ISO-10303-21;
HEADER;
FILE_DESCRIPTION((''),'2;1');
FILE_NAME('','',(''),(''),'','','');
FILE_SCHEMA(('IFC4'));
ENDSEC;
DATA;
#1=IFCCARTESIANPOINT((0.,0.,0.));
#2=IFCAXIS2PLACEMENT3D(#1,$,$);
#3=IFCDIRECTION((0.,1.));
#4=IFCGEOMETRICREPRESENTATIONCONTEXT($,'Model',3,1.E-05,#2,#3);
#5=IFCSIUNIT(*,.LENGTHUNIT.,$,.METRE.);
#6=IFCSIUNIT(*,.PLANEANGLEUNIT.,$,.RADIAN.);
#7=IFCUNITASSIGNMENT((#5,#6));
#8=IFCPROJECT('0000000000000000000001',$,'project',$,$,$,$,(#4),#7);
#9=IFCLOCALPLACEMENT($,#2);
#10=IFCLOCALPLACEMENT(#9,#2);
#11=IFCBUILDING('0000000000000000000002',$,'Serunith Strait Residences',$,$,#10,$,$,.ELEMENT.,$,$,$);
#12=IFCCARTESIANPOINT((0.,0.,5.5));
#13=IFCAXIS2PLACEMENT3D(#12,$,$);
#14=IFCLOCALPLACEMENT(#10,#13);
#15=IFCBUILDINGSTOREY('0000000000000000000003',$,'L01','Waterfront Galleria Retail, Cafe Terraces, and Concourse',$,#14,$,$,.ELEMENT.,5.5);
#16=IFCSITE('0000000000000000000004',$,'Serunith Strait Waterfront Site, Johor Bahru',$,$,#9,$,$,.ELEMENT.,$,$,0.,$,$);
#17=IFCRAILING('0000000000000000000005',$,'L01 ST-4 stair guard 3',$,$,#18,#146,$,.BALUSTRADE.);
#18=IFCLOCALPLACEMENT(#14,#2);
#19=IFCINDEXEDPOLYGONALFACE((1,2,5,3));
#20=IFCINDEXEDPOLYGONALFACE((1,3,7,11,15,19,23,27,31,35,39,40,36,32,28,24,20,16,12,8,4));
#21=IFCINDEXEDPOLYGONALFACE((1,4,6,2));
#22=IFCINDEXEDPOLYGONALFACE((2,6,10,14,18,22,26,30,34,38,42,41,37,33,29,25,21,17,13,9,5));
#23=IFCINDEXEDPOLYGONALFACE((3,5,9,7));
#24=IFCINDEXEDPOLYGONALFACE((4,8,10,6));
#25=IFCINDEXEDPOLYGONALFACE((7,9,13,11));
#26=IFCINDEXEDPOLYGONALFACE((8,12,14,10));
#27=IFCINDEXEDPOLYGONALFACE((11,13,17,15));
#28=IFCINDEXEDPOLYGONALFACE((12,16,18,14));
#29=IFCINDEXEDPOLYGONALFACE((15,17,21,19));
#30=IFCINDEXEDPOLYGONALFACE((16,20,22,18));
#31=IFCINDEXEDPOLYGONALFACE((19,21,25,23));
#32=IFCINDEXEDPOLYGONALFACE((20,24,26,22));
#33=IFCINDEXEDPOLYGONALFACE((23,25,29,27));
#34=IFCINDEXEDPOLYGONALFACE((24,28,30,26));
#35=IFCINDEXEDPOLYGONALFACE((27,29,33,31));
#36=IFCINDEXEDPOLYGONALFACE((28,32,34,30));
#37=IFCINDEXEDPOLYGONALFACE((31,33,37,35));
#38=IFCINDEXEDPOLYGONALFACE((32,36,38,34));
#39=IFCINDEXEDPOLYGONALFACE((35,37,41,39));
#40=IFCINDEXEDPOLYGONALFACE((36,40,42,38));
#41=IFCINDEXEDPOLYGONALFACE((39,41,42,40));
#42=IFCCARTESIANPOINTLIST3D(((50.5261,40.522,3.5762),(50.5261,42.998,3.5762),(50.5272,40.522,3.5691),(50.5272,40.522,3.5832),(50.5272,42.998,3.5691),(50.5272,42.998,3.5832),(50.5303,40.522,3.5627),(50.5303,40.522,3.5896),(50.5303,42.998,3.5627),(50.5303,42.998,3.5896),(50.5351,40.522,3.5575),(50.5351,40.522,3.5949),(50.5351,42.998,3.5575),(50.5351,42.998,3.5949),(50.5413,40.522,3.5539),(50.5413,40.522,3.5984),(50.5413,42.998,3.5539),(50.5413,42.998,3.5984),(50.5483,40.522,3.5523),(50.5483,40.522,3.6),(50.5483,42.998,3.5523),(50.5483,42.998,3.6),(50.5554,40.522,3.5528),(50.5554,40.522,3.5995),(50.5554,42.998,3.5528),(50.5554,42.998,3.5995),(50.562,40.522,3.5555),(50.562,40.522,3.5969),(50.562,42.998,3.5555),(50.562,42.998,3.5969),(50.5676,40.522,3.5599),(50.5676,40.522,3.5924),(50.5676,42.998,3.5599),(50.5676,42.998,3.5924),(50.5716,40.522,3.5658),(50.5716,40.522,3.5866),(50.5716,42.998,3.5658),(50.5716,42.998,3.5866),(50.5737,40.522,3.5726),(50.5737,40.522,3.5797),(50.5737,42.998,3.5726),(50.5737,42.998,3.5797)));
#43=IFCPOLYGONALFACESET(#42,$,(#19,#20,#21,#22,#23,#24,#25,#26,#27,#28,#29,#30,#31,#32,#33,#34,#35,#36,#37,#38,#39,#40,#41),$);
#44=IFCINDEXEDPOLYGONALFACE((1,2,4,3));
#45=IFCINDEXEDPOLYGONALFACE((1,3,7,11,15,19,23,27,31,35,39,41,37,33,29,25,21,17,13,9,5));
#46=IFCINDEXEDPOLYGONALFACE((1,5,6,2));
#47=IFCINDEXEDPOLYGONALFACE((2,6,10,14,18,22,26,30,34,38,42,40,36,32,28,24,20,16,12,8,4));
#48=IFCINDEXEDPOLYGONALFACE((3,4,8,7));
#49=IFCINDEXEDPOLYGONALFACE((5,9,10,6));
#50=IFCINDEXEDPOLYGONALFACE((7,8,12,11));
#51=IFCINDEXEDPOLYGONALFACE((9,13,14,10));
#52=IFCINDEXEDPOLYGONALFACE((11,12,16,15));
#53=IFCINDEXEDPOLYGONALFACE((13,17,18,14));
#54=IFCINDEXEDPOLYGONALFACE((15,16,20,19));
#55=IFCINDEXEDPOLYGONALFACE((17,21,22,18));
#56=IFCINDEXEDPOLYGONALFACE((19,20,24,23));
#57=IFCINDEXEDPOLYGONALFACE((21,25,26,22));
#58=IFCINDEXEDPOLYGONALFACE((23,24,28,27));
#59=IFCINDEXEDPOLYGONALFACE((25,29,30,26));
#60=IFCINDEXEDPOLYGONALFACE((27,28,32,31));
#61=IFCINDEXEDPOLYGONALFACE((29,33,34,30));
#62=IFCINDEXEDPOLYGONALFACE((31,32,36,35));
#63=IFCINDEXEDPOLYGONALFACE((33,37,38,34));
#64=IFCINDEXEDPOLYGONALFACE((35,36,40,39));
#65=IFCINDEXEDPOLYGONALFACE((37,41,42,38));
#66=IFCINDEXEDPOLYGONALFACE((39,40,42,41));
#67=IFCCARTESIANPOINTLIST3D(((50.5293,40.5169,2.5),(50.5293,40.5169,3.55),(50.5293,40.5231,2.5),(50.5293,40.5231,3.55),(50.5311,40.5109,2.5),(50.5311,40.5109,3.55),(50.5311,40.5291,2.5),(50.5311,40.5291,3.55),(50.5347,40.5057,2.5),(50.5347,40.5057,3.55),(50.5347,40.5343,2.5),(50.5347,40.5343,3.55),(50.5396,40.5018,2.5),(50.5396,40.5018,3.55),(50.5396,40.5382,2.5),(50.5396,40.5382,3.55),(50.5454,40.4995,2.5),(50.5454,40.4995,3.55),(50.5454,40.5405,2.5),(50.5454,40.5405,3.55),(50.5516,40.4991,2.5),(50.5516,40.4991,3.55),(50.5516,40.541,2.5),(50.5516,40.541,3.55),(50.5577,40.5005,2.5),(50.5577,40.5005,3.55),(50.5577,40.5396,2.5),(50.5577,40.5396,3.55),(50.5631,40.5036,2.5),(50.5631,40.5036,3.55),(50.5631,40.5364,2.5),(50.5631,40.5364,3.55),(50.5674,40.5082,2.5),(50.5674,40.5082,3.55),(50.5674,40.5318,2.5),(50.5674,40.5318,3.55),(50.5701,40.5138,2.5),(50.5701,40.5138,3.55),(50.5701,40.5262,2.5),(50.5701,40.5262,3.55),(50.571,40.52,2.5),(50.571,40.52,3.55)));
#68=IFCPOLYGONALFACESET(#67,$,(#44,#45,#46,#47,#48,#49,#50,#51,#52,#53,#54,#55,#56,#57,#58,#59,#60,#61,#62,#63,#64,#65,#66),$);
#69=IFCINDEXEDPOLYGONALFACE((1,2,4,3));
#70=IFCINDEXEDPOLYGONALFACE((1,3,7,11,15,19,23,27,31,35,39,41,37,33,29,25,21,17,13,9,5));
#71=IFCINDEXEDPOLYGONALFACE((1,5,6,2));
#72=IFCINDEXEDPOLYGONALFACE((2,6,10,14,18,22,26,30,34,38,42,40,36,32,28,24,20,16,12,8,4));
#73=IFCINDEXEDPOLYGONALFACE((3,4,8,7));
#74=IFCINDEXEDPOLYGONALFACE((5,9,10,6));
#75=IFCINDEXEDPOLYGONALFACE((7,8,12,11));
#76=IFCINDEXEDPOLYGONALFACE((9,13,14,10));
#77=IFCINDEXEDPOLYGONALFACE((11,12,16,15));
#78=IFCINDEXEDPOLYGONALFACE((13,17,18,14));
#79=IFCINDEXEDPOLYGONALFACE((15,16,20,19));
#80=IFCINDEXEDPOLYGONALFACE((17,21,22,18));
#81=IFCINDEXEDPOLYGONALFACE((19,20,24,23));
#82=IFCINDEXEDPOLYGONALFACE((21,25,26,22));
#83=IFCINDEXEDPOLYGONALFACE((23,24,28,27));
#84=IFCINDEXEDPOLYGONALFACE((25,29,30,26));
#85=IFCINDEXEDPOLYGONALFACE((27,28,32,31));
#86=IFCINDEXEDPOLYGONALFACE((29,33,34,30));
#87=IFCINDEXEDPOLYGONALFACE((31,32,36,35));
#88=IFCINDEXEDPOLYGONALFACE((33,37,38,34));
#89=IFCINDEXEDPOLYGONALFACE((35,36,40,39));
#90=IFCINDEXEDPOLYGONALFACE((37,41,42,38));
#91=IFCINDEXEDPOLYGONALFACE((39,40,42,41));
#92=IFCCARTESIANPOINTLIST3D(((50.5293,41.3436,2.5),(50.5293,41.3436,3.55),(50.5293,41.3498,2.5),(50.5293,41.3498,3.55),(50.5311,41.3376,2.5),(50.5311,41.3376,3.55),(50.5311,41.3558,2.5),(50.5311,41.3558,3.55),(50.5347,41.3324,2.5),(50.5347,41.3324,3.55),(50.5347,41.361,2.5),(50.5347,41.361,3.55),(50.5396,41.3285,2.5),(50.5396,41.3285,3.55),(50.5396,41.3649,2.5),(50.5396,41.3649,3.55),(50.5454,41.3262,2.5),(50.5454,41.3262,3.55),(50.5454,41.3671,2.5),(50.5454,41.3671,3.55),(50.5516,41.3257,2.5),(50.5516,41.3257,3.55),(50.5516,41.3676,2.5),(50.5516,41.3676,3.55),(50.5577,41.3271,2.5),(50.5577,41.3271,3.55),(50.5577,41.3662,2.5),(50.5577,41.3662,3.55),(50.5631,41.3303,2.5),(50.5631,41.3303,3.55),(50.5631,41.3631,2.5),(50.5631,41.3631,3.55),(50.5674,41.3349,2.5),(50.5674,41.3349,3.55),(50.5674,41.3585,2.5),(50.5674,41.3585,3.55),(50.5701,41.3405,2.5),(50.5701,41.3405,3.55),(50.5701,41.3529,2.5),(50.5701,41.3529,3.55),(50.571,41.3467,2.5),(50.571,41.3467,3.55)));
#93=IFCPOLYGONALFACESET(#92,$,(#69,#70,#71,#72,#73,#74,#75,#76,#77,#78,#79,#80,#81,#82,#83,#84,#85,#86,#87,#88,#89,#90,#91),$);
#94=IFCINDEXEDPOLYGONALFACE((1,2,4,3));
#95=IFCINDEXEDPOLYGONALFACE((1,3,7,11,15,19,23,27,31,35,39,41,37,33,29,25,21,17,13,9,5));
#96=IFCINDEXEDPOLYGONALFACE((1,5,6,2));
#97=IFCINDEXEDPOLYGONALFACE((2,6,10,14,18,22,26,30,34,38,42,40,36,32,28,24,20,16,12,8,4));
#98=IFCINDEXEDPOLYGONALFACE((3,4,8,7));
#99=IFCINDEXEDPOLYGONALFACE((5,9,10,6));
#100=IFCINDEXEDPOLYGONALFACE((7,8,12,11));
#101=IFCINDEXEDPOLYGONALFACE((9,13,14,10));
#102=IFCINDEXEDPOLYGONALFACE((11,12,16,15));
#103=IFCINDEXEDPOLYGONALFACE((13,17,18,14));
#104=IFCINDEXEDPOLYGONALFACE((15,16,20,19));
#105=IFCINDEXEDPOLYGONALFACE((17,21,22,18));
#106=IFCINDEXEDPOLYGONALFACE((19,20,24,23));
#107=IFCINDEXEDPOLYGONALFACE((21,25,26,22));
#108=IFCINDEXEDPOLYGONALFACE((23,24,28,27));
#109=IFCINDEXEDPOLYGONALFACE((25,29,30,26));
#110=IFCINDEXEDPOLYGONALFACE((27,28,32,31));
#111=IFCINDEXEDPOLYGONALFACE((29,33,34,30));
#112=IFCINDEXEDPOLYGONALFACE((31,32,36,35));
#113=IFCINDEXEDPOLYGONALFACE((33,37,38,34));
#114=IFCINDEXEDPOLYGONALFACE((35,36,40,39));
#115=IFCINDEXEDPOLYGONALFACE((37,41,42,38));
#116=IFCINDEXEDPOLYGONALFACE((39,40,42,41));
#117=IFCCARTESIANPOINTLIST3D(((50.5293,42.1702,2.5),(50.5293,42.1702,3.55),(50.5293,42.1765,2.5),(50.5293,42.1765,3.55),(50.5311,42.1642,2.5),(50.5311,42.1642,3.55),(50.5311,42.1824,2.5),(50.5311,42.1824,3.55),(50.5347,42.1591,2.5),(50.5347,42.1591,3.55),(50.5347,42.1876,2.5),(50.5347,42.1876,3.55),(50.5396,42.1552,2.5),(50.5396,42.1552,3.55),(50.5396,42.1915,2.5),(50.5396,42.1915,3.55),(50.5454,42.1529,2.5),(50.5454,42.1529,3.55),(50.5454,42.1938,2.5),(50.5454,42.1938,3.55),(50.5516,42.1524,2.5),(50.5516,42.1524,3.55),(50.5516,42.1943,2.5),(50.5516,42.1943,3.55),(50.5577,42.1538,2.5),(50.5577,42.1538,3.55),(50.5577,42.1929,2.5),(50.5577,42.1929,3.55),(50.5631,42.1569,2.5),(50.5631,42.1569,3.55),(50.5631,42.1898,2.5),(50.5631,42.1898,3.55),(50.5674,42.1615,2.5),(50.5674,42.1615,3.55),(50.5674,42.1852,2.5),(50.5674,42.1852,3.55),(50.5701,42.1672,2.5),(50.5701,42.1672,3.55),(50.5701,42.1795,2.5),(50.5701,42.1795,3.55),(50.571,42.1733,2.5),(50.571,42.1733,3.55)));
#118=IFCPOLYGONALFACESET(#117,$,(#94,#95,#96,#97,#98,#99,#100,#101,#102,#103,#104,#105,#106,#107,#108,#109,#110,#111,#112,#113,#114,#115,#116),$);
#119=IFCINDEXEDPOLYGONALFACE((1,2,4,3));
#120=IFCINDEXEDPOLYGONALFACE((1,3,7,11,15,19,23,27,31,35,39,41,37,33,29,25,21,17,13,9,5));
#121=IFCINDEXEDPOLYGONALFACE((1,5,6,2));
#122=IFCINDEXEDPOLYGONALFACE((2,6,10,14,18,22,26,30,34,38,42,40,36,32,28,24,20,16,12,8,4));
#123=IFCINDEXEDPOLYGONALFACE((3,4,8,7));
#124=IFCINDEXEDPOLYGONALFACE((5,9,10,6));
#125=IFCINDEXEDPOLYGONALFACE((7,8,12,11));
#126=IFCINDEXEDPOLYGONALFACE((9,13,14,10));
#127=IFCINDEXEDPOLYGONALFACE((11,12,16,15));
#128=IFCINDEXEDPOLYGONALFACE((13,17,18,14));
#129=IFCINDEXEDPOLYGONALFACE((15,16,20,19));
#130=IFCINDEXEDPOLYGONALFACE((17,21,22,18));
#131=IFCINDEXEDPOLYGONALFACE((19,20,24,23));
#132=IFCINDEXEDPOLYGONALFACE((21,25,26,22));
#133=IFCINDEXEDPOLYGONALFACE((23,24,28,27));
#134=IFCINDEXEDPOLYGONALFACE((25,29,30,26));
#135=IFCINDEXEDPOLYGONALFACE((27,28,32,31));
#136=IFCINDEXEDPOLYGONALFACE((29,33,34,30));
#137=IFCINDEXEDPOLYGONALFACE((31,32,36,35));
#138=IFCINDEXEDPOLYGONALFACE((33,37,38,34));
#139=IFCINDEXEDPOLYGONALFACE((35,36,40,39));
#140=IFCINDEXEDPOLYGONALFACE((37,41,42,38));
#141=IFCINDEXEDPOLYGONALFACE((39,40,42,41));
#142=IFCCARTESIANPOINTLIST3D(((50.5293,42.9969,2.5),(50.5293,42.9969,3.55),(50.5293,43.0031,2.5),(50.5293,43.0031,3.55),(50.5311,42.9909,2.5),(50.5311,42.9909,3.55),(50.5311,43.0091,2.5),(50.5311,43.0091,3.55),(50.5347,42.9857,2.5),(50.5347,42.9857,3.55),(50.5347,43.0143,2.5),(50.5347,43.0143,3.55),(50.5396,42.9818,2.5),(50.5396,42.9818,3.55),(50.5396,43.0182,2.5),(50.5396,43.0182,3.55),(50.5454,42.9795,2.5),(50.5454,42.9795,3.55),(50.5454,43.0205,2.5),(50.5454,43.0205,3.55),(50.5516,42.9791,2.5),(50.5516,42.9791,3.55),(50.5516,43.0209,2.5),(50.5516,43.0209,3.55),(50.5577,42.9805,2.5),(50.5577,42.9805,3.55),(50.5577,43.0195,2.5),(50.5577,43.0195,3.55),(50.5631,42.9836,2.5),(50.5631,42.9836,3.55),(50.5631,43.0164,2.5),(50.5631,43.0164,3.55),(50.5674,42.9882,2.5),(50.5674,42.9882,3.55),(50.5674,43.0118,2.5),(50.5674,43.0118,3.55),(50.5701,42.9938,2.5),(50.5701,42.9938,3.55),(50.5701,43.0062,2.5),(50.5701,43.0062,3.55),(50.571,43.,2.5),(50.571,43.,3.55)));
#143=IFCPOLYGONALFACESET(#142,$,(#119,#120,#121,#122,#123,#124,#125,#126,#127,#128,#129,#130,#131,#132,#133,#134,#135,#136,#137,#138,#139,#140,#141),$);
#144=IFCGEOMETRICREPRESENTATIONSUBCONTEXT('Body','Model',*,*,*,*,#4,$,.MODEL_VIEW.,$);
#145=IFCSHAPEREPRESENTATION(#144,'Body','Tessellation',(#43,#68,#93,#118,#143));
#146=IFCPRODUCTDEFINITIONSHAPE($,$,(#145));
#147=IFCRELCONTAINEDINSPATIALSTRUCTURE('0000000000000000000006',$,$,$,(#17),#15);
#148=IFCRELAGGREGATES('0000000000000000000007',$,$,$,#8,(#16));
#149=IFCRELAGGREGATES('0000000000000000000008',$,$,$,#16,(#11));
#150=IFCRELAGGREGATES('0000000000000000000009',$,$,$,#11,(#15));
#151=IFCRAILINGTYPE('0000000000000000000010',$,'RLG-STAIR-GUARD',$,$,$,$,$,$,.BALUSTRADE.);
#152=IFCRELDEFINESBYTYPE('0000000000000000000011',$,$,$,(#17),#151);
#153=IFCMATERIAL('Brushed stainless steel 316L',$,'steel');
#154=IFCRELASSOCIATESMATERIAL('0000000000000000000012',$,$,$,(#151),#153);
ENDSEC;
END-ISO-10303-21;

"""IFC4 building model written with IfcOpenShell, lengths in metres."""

from ifc_helpers import new_model, si_unit, direction, frame, origin, origin_2d, place, context, subcontext, project, spatial, circle, extrude, material, type_object, element, save


model = new_model("IFC4")

# Units and contexts
model_context = context("Model", 3, precision=1e-05, world=origin(), true_north=direction((0.0, 1.0)))
body_context = subcontext(model_context, "Body", "Model", "MODEL_VIEW")
ifc_project = project(units=[si_unit("LENGTHUNIT", "METRE"), si_unit("PLANEANGLEUNIT", "RADIAN")], contexts=[model_context])

# Site, building, storey
site_placement = place(None, origin())
site = spatial("IfcSite", under=ifc_project, at=site_placement, Name="Serunith Strait Waterfront Site, Johor Bahru", CompositionType="ELEMENT", RefElevation=0.0)
building_placement = place(site_placement, origin())
building = spatial("IfcBuilding", under=site, at=building_placement, Name="Serunith Strait Residences", CompositionType="ELEMENT")
storey_placement = place(building_placement, frame((0.0, 0.0, 5.5)))
storey = spatial("IfcBuildingStorey", under=building, at=storey_placement, Name="L01", Description="Waterfront Galleria Retail, Cafe Terraces, and Concourse", CompositionType="ELEMENT", Elevation=5.5)

# Railing
ifc_material_1 = material(Name="Brushed stainless steel 316L", Category="steel")
railing_type_1 = type_object("IfcRailingType", Name="RLG-STAIR-GUARD", PredefinedType="BALUSTRADE", material=ifc_material_1)
for number, where, name in (
    (1, (50.55, 40.52, 2.5), "L01 ST-4 stair guard 3"),
):
    element("IfcRailing", number, at=place(storey_placement, frame(where)), inside=storey, type_object=railing_type_1, Name=name, PredefinedType="BALUSTRADE", context=body_context, shape_type="SweptSolid", body=[
        extrude(circle(Radius=0.0239, at=origin_2d()), frame((0.0, 0.002, 1.0762), z_axis=(0.0, 1.0, 0.0), x_axis=(-1.0, 0.0, 0.0)), (0.0, 0.0, 1.0), 2.4761),
        extrude(circle(Radius=0.021, at=origin_2d()), origin(), (0.0, 0.0, 1.0), 1.05),
        extrude(circle(Radius=0.021, at=origin_2d()), frame((0.0, 0.8267, 0.0)), (0.0, 0.0, 1.0), 1.05),
        extrude(circle(Radius=0.021, at=origin_2d()), frame((0.0, 1.6533, 0.0)), (0.0, 0.0, 1.0), 1.05),
        extrude(circle(Radius=0.021, at=origin_2d()), frame((0.0, 2.48, 0.0)), (0.0, 0.0, 1.0), 1.05),
    ])

save(model, "model.ifc")
